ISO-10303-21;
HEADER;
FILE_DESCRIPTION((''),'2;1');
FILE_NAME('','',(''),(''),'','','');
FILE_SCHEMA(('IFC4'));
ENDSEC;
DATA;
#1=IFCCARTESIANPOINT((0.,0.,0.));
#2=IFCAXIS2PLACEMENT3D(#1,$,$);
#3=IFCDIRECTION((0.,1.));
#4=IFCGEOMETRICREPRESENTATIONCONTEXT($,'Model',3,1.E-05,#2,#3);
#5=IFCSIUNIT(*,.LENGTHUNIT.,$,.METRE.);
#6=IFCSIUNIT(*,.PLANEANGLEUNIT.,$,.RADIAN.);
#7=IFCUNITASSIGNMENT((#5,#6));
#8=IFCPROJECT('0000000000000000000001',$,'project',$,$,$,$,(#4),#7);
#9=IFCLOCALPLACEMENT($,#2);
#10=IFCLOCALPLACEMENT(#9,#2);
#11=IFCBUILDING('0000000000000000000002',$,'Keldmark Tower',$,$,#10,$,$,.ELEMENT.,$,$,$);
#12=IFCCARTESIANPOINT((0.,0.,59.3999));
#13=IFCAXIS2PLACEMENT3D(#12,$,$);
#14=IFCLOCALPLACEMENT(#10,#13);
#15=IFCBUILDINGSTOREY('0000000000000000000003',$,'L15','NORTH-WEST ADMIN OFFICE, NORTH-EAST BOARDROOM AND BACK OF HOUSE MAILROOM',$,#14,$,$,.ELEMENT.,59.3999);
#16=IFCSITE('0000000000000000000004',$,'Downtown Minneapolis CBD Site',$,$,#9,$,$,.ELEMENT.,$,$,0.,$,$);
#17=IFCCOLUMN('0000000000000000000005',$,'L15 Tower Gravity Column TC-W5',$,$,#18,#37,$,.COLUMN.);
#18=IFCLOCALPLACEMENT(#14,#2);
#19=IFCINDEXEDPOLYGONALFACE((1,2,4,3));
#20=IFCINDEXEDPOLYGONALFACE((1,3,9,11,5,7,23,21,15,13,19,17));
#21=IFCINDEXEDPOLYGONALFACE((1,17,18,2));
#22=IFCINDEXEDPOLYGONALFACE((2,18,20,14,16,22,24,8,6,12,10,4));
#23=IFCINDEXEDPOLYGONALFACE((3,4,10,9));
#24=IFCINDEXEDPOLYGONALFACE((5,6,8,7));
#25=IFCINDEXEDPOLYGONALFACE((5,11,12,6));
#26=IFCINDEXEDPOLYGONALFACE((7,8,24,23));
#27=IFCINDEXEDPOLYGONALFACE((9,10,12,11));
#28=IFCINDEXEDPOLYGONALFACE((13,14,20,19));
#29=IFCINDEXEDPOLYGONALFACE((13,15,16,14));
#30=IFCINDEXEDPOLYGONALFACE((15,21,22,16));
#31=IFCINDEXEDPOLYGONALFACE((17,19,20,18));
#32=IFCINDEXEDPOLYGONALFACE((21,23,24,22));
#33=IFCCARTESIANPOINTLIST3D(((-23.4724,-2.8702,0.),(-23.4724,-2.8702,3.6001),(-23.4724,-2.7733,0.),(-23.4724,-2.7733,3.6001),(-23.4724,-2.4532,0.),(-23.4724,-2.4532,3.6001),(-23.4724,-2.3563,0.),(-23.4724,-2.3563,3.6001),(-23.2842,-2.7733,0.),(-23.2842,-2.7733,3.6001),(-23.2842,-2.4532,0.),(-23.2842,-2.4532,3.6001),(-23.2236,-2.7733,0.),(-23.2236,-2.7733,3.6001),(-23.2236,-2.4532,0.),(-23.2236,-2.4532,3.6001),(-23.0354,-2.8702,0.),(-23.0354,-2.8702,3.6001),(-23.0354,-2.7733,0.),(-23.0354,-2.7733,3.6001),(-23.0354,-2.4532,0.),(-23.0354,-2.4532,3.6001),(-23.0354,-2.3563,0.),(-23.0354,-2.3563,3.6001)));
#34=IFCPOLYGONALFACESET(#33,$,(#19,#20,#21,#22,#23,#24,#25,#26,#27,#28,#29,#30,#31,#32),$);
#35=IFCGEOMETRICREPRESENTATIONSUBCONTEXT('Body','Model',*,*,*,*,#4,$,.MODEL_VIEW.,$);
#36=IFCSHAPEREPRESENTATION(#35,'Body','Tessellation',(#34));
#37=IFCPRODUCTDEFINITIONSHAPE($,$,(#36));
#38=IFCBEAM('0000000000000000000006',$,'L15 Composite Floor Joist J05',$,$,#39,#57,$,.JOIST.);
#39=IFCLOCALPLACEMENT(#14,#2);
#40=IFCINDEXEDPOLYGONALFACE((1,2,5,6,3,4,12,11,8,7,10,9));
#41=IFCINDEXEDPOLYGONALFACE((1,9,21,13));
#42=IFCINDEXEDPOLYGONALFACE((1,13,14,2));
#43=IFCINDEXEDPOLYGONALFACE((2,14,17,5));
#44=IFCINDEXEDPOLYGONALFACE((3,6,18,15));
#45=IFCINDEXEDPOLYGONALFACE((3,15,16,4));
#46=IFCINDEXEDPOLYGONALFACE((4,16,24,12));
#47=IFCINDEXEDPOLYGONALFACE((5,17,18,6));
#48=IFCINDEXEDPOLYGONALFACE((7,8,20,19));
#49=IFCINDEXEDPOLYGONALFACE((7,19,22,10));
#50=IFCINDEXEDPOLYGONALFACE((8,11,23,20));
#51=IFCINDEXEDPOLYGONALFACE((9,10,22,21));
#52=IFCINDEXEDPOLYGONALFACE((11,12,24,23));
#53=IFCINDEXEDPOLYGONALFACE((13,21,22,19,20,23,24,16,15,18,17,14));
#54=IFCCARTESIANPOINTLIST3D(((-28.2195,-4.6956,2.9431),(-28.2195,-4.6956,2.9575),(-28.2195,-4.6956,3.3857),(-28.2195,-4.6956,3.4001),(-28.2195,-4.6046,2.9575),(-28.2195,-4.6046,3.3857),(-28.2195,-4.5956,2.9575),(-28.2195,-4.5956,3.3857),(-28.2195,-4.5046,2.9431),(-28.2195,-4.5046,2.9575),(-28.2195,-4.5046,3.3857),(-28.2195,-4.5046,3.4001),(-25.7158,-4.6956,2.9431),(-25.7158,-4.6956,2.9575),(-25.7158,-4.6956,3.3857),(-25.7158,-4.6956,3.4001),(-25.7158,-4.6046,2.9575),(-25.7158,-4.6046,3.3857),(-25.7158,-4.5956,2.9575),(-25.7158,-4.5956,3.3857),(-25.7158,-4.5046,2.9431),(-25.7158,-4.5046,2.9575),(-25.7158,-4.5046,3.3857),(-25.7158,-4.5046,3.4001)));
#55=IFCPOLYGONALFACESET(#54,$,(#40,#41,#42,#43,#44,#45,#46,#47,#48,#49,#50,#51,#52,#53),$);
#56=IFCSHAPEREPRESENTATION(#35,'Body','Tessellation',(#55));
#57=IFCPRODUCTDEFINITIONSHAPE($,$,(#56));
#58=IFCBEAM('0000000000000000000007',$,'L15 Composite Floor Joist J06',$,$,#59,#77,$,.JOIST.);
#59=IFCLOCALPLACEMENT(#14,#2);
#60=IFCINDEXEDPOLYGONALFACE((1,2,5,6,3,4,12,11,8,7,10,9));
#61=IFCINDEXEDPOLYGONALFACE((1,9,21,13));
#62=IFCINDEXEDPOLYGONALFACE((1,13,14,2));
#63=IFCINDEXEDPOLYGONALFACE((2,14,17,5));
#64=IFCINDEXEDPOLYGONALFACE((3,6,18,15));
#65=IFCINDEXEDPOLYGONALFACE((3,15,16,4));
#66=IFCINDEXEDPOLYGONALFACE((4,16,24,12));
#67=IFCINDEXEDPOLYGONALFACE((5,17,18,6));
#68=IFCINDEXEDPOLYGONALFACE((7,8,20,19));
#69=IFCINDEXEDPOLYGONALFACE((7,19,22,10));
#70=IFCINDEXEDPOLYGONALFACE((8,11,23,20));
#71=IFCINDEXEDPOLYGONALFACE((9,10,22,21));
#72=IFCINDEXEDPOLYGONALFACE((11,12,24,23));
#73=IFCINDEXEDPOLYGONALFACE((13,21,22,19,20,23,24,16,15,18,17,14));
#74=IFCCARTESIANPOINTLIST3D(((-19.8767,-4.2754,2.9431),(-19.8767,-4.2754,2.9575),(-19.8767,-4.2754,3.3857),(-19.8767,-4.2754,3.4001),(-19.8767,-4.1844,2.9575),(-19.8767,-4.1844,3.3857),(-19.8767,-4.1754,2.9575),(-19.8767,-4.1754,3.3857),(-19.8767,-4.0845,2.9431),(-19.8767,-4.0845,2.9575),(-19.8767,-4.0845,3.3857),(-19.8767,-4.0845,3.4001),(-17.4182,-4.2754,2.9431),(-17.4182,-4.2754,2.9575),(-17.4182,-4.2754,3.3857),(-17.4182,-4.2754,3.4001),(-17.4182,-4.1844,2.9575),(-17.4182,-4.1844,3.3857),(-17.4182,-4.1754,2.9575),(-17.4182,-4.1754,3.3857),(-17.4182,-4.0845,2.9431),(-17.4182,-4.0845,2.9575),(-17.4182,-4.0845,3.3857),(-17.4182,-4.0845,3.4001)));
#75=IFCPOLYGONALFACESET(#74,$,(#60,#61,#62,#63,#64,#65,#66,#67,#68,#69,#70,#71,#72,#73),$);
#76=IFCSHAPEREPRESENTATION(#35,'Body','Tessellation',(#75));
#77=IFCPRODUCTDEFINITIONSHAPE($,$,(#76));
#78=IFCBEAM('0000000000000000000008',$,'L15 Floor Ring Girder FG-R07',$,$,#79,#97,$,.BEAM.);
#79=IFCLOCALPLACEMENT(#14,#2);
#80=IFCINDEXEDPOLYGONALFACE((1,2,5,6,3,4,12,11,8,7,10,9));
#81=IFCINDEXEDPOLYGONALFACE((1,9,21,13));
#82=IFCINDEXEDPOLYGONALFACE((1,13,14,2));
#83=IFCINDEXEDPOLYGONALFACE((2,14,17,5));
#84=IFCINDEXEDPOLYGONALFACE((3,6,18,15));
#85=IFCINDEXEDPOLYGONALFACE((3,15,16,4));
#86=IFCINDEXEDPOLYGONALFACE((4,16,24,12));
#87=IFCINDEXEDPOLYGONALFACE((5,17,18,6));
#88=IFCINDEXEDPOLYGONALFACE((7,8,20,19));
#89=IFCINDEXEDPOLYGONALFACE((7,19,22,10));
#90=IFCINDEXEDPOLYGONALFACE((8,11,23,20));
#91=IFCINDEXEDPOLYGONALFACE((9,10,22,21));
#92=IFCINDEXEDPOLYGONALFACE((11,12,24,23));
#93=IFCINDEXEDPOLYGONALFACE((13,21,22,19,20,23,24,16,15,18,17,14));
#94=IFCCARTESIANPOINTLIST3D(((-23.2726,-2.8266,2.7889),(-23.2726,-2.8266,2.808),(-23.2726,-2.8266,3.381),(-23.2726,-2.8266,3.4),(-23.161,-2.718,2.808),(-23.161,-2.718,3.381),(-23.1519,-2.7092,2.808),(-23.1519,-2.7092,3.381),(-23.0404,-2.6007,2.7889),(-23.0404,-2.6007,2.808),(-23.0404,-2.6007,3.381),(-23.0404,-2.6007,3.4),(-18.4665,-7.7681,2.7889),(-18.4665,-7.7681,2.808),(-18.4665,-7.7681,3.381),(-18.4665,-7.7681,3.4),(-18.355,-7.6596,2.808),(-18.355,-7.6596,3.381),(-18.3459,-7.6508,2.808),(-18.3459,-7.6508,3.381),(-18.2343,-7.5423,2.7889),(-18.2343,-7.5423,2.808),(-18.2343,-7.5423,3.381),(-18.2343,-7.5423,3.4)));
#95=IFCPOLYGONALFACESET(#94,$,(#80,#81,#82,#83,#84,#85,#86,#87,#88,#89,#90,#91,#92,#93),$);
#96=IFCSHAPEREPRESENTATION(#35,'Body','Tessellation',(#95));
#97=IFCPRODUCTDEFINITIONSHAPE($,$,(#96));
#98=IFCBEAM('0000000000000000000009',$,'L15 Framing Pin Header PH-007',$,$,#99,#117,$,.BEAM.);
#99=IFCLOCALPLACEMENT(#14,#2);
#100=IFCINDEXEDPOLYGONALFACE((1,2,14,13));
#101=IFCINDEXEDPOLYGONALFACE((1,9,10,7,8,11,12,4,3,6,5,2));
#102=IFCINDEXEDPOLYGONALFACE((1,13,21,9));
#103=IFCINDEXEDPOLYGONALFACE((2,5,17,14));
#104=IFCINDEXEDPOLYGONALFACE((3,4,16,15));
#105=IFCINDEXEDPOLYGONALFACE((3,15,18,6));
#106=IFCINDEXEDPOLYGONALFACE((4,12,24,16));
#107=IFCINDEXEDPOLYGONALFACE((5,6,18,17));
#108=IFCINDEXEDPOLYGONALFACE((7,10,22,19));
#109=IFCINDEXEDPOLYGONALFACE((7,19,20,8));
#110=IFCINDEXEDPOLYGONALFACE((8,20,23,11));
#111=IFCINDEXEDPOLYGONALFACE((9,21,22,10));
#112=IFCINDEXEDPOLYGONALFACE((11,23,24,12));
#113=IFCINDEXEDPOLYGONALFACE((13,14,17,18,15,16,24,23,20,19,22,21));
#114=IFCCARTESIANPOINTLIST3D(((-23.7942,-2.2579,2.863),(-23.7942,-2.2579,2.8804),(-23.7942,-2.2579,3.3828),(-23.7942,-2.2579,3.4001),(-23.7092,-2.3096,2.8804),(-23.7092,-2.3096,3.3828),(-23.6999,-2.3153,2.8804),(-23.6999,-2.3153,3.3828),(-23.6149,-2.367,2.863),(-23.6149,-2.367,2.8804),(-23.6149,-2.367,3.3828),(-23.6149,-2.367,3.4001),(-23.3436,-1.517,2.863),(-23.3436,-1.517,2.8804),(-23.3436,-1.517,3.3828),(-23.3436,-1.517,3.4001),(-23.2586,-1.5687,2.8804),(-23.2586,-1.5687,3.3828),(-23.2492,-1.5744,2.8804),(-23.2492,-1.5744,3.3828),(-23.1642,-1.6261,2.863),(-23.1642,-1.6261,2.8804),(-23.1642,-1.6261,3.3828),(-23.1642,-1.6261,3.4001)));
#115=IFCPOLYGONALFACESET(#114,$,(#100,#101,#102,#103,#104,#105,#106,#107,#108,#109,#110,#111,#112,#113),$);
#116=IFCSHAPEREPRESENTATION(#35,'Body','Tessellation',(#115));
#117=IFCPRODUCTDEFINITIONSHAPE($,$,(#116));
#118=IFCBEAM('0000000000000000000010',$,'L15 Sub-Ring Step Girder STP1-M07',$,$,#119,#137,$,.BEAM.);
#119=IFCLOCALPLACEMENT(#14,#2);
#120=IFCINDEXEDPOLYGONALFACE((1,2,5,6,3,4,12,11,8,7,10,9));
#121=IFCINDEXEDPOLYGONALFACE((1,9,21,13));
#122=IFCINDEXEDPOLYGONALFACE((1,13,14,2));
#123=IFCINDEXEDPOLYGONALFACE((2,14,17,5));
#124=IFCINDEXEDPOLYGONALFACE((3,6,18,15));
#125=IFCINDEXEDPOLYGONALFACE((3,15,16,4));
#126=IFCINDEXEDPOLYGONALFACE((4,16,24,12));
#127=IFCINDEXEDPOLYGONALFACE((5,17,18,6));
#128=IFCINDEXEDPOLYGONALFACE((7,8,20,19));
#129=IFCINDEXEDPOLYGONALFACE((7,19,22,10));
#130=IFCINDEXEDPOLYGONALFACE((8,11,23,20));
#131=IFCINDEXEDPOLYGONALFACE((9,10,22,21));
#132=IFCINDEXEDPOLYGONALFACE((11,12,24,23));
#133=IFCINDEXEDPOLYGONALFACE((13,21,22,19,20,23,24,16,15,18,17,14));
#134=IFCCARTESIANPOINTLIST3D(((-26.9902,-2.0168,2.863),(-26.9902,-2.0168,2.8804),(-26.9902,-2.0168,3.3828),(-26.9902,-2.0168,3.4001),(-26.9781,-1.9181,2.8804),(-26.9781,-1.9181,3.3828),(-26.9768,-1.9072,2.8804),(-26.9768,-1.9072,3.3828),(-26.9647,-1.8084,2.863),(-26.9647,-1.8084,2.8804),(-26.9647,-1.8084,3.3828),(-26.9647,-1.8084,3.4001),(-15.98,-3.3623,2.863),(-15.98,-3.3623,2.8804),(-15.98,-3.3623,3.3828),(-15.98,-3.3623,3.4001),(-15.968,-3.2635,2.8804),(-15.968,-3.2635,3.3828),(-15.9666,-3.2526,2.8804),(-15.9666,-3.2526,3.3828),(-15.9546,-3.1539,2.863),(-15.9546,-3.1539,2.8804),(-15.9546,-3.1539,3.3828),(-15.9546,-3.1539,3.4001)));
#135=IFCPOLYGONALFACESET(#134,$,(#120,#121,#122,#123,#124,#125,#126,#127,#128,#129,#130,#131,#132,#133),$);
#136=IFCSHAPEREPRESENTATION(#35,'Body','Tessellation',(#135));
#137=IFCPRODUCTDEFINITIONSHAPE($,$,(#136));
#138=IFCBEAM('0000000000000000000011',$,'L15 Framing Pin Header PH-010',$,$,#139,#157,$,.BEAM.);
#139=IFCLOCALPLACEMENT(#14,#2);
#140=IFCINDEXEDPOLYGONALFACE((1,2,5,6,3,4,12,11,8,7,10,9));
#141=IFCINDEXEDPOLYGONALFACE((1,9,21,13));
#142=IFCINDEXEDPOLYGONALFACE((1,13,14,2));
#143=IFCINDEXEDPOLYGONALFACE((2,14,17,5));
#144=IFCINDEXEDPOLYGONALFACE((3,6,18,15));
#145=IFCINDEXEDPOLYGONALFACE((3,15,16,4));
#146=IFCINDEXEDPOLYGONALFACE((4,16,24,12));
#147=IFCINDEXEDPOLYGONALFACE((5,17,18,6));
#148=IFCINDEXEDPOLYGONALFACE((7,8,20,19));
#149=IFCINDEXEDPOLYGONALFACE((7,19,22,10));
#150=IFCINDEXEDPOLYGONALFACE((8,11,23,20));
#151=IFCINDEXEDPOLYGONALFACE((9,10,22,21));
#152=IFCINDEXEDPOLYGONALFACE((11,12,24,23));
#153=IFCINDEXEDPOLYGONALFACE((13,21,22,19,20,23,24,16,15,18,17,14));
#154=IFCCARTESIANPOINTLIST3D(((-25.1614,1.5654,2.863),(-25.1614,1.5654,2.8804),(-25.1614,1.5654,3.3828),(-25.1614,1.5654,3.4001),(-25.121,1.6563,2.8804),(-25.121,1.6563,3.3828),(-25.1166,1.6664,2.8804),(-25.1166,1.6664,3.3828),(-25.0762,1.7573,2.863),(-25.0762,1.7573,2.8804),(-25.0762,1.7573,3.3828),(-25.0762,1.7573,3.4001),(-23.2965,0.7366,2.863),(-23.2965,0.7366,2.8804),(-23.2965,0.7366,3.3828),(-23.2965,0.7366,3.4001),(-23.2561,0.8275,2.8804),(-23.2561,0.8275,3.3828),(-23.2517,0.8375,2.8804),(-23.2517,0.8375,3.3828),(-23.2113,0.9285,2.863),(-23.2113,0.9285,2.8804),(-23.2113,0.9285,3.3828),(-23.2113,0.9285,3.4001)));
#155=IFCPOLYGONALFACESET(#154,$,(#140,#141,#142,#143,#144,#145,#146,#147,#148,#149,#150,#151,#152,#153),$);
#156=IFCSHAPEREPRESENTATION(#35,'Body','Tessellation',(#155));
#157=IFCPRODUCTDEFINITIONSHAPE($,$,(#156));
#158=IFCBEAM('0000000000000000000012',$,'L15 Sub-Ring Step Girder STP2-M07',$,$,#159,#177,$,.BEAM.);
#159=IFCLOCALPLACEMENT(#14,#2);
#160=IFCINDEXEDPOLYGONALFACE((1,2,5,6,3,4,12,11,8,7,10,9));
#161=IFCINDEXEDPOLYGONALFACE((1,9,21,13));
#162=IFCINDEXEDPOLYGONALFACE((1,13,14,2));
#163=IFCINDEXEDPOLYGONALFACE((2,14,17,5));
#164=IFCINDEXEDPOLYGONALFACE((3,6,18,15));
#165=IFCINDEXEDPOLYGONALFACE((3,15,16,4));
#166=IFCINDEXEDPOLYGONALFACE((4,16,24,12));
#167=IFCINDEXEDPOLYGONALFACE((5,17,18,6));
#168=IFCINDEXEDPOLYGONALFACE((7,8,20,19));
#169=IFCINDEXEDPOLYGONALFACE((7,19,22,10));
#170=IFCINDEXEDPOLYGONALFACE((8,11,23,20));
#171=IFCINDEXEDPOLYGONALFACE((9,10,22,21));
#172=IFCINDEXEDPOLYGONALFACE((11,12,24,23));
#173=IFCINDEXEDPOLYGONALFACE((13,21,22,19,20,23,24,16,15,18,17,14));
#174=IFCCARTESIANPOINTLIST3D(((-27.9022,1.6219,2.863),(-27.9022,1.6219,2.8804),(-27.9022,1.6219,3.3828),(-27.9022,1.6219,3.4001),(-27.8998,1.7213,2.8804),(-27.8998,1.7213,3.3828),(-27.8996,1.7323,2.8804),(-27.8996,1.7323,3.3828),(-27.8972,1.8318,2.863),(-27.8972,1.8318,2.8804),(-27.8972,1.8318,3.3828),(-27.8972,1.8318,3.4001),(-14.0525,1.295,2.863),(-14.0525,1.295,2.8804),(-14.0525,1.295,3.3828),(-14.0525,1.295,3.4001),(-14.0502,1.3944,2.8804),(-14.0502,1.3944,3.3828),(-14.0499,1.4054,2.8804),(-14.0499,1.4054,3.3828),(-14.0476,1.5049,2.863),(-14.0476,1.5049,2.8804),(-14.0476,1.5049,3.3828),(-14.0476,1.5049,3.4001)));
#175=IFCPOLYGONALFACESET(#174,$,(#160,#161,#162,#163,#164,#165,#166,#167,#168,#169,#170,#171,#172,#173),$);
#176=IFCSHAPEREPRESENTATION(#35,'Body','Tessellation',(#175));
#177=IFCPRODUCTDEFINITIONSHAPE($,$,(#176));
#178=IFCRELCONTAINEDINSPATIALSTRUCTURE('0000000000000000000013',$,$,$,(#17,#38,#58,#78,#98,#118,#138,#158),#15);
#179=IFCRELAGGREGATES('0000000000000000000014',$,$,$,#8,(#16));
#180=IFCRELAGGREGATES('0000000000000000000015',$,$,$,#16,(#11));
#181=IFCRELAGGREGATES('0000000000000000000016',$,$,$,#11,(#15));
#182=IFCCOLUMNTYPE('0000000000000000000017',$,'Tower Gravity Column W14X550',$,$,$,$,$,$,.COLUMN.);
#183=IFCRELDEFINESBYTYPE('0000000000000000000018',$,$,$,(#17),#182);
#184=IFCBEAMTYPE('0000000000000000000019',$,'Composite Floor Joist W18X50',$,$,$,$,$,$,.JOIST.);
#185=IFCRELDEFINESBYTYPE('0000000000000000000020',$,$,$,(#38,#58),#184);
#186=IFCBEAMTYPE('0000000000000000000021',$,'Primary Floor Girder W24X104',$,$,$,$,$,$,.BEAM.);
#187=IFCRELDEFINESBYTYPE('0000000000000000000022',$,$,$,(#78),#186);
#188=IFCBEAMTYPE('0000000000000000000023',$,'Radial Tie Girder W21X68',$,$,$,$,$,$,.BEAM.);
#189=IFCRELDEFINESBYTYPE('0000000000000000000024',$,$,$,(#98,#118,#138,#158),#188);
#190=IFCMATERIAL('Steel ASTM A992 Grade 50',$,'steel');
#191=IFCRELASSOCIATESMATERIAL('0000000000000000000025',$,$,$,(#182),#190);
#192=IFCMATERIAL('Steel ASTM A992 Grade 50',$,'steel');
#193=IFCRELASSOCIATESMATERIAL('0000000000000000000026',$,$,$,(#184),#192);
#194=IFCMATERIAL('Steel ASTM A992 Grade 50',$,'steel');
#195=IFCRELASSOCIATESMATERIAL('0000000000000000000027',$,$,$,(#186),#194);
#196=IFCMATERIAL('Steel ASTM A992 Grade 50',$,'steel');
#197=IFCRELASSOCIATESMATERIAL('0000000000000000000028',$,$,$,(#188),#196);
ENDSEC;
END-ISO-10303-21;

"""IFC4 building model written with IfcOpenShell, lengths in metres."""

from ifc_helpers import new_model, si_unit, direction, frame, origin, origin_2d, place, context, subcontext, project, spatial, i_section, extrude, material, material_profile, profile_set, type_object, element, save


model = new_model("IFC4")

# Units and contexts
model_context = context("Model", 3, precision=1e-05, world=origin(), true_north=direction((0.0, 1.0)))
body_context = subcontext(model_context, "Body", "Model", "MODEL_VIEW")
ifc_project = project(units=[si_unit("LENGTHUNIT", "METRE"), si_unit("PLANEANGLEUNIT", "RADIAN")], contexts=[model_context])

# Site, building, storey
site_placement = place(None, origin())
site = spatial("IfcSite", under=ifc_project, at=site_placement, Name="Downtown Minneapolis CBD Site", CompositionType="ELEMENT", RefElevation=0.0)
building_placement = place(site_placement, origin())
building = spatial("IfcBuilding", under=site, at=building_placement, Name="Keldmark Tower", CompositionType="ELEMENT")
storey_placement = place(building_placement, frame((0.0, 0.0, 59.3999)))
storey = spatial("IfcBuildingStorey", under=building, at=storey_placement, Name="L15", Description="NORTH-WEST ADMIN OFFICE, NORTH-EAST BOARDROOM AND BACK OF HOUSE MAILROOM", CompositionType="ELEMENT", Elevation=59.3999)

# Column
ifc_material_1 = material(Name="Steel ASTM A992 Grade 50", Category="steel")
ifc_material_profile_1 = material_profile(ifc_material_1, i_section(OverallWidth=0.437, OverallDepth=0.5139, WebThickness=0.0605, FlangeThickness=0.0969, at=origin_2d()), Name="W14X550")
ifc_profile_set_1 = profile_set([ifc_material_profile_1], Name="Steel ASTM A992 Grade 50")
column_type = type_object("IfcColumnType", Name="Tower Gravity Column W14X550", PredefinedType="COLUMN", material=ifc_profile_set_1)
column_placement = place(storey_placement, frame((-23.2539, -2.6133, 0.0), z_axis=(0.0, 0.0, 1.0), x_axis=(1.0, 0.0, 0.0)))
element("IfcColumn", 1, at=column_placement, inside=storey, type_object=column_type, Name="L15 Tower Gravity Column TC-W5", PredefinedType="COLUMN", context=body_context, shape_type="SweptSolid", body=[
    extrude(i_section(OverallWidth=0.437, OverallDepth=0.5139, WebThickness=0.0605, FlangeThickness=0.0969, at=origin_2d()), origin(), (0.0, 0.0, 1.0), 3.6001),
])

# Beams
ifc_material_2 = material(Name="Steel ASTM A992 Grade 50", Category="steel")
ifc_material_profile_2 = material_profile(ifc_material_2, i_section(OverallWidth=0.1909, OverallDepth=0.457, WebThickness=0.009, FlangeThickness=0.0144, at=origin_2d()), Name="W18X50")
ifc_profile_set_2 = profile_set([ifc_material_profile_2], Name="Steel ASTM A992 Grade 50")
beam_type_1 = type_object("IfcBeamType", Name="Composite Floor Joist W18X50", PredefinedType="JOIST", material=ifc_profile_set_2)
beam_1_placement = place(storey_placement, frame((-28.2195, -4.6001, 3.1716), z_axis=(1.0, 0.0, 0.0), x_axis=(0.0, 1.0, 0.0)))
element("IfcBeam", 2, at=beam_1_placement, inside=storey, type_object=beam_type_1, Name="L15 Composite Floor Joist J05", PredefinedType="JOIST", context=body_context, shape_type="SweptSolid", body=[
    extrude(i_section(OverallWidth=0.1909, OverallDepth=0.457, WebThickness=0.009, FlangeThickness=0.0144, at=origin_2d()), origin(), (0.0, 0.0, 1.0), 2.5037),
])
beam_2_placement = place(storey_placement, frame((-19.8767, -4.1799, 3.1716), z_axis=(1.0, 0.0, 0.0), x_axis=(0.0, 1.0, 0.0)))
element("IfcBeam", 3, at=beam_2_placement, inside=storey, type_object=beam_type_1, Name="L15 Composite Floor Joist J06", PredefinedType="JOIST", context=body_context, shape_type="SweptSolid", body=[
    extrude(i_section(OverallWidth=0.1909, OverallDepth=0.457, WebThickness=0.009, FlangeThickness=0.0144, at=origin_2d()), origin(), (0.0, 0.0, 1.0), 2.4585),
])
ifc_material_3 = material(Name="Steel ASTM A992 Grade 50", Category="steel")
ifc_material_profile_3 = material_profile(ifc_material_3, i_section(OverallWidth=0.324, OverallDepth=0.6111, WebThickness=0.0127, FlangeThickness=0.019, at=origin_2d()), Name="W24X104")
ifc_profile_set_3 = profile_set([ifc_material_profile_3], Name="Steel ASTM A992 Grade 50")
beam_type_2 = type_object("IfcBeamType", Name="Primary Floor Girder W24X104", PredefinedType="BEAM", material=ifc_profile_set_3)
beam_3_placement = place(storey_placement, frame((-23.1565, -2.7136, 3.0945), z_axis=(0.69721, -0.716867, 0.0), x_axis=(0.716867, 0.69721, 0.0)))
element("IfcBeam", 4, at=beam_3_placement, inside=storey, type_object=beam_type_2, Name="L15 Floor Ring Girder FG-R07", PredefinedType="BEAM", context=body_context, shape_type="SweptSolid", body=[
    extrude(i_section(OverallWidth=0.324, OverallDepth=0.6111, WebThickness=0.0127, FlangeThickness=0.019, at=origin_2d()), origin(), (0.0, 0.0, 1.0), 6.8933),
])
ifc_material_4 = material(Name="Steel ASTM A992 Grade 50", Category="steel")
ifc_material_profile_4 = material_profile(ifc_material_4, i_section(OverallWidth=0.21, OverallDepth=0.5371, WebThickness=0.011, FlangeThickness=0.0173, at=origin_2d()), Name="W21X68")
ifc_profile_set_4 = profile_set([ifc_material_profile_4], Name="Steel ASTM A992 Grade 50")
beam_type_3 = type_object("IfcBeamType", Name="Radial Tie Girder W21X68", PredefinedType="BEAM", material=ifc_profile_set_4)
beam_4_placement = place(storey_placement, frame((-23.2539, -1.5715, 3.1316), z_axis=(-0.519661, -0.854372, 0.0), x_axis=(0.854372, -0.519661, 0.0)))
element("IfcBeam", 5, at=beam_4_placement, inside=storey, type_object=beam_type_3, Name="L15 Framing Pin Header PH-007", PredefinedType="BEAM", context=body_context, shape_type="SweptSolid", body=[
    extrude(i_section(OverallWidth=0.21, OverallDepth=0.5371, WebThickness=0.011, FlangeThickness=0.0173, at=origin_2d()), origin(), (0.0, 0.0, 1.0), 0.8672),
])
beam_5_placement = place(storey_placement, frame((-15.9673, -3.2581, 3.1316), z_axis=(-0.992616, 0.121298, 0.0), x_axis=(-0.121298, -0.992616, 0.0)))
element("IfcBeam", 6, at=beam_5_placement, inside=storey, type_object=beam_type_3, Name="L15 Sub-Ring Step Girder STP1-M07", PredefinedType="BEAM", context=body_context, shape_type="SweptSolid", body=[
    extrude(i_section(OverallWidth=0.21, OverallDepth=0.5371, WebThickness=0.011, FlangeThickness=0.0173, at=origin_2d()), origin(), (0.0, 0.0, 1.0), 11.092),
])
beam_6_placement = place(storey_placement, frame((-23.2539, 0.8325, 3.1316), z_axis=(-0.913816, 0.406127, 0.0), x_axis=(-0.406127, -0.913816, 0.0)))
element("IfcBeam", 7, at=beam_6_placement, inside=storey, type_object=beam_type_3, Name="L15 Framing Pin Header PH-010", PredefinedType="BEAM", context=body_context, shape_type="SweptSolid", body=[
    extrude(i_section(OverallWidth=0.21, OverallDepth=0.5371, WebThickness=0.011, FlangeThickness=0.0173, at=origin_2d()), origin(), (0.0, 0.0, 1.0), 2.0408),
])
beam_7_placement = place(storey_placement, frame((-14.05, 1.3999, 3.1316), z_axis=(-0.999722, 0.023597, 0.0), x_axis=(-0.023597, -0.999722, 0.0)))
element("IfcBeam", 8, at=beam_7_placement, inside=storey, type_object=beam_type_3, Name="L15 Sub-Ring Step Girder STP2-M07", PredefinedType="BEAM", context=body_context, shape_type="SweptSolid", body=[
    extrude(i_section(OverallWidth=0.21, OverallDepth=0.5371, WebThickness=0.011, FlangeThickness=0.0173, at=origin_2d()), origin(), (0.0, 0.0, 1.0), 13.8535),
])

save(model, "model.ifc")
